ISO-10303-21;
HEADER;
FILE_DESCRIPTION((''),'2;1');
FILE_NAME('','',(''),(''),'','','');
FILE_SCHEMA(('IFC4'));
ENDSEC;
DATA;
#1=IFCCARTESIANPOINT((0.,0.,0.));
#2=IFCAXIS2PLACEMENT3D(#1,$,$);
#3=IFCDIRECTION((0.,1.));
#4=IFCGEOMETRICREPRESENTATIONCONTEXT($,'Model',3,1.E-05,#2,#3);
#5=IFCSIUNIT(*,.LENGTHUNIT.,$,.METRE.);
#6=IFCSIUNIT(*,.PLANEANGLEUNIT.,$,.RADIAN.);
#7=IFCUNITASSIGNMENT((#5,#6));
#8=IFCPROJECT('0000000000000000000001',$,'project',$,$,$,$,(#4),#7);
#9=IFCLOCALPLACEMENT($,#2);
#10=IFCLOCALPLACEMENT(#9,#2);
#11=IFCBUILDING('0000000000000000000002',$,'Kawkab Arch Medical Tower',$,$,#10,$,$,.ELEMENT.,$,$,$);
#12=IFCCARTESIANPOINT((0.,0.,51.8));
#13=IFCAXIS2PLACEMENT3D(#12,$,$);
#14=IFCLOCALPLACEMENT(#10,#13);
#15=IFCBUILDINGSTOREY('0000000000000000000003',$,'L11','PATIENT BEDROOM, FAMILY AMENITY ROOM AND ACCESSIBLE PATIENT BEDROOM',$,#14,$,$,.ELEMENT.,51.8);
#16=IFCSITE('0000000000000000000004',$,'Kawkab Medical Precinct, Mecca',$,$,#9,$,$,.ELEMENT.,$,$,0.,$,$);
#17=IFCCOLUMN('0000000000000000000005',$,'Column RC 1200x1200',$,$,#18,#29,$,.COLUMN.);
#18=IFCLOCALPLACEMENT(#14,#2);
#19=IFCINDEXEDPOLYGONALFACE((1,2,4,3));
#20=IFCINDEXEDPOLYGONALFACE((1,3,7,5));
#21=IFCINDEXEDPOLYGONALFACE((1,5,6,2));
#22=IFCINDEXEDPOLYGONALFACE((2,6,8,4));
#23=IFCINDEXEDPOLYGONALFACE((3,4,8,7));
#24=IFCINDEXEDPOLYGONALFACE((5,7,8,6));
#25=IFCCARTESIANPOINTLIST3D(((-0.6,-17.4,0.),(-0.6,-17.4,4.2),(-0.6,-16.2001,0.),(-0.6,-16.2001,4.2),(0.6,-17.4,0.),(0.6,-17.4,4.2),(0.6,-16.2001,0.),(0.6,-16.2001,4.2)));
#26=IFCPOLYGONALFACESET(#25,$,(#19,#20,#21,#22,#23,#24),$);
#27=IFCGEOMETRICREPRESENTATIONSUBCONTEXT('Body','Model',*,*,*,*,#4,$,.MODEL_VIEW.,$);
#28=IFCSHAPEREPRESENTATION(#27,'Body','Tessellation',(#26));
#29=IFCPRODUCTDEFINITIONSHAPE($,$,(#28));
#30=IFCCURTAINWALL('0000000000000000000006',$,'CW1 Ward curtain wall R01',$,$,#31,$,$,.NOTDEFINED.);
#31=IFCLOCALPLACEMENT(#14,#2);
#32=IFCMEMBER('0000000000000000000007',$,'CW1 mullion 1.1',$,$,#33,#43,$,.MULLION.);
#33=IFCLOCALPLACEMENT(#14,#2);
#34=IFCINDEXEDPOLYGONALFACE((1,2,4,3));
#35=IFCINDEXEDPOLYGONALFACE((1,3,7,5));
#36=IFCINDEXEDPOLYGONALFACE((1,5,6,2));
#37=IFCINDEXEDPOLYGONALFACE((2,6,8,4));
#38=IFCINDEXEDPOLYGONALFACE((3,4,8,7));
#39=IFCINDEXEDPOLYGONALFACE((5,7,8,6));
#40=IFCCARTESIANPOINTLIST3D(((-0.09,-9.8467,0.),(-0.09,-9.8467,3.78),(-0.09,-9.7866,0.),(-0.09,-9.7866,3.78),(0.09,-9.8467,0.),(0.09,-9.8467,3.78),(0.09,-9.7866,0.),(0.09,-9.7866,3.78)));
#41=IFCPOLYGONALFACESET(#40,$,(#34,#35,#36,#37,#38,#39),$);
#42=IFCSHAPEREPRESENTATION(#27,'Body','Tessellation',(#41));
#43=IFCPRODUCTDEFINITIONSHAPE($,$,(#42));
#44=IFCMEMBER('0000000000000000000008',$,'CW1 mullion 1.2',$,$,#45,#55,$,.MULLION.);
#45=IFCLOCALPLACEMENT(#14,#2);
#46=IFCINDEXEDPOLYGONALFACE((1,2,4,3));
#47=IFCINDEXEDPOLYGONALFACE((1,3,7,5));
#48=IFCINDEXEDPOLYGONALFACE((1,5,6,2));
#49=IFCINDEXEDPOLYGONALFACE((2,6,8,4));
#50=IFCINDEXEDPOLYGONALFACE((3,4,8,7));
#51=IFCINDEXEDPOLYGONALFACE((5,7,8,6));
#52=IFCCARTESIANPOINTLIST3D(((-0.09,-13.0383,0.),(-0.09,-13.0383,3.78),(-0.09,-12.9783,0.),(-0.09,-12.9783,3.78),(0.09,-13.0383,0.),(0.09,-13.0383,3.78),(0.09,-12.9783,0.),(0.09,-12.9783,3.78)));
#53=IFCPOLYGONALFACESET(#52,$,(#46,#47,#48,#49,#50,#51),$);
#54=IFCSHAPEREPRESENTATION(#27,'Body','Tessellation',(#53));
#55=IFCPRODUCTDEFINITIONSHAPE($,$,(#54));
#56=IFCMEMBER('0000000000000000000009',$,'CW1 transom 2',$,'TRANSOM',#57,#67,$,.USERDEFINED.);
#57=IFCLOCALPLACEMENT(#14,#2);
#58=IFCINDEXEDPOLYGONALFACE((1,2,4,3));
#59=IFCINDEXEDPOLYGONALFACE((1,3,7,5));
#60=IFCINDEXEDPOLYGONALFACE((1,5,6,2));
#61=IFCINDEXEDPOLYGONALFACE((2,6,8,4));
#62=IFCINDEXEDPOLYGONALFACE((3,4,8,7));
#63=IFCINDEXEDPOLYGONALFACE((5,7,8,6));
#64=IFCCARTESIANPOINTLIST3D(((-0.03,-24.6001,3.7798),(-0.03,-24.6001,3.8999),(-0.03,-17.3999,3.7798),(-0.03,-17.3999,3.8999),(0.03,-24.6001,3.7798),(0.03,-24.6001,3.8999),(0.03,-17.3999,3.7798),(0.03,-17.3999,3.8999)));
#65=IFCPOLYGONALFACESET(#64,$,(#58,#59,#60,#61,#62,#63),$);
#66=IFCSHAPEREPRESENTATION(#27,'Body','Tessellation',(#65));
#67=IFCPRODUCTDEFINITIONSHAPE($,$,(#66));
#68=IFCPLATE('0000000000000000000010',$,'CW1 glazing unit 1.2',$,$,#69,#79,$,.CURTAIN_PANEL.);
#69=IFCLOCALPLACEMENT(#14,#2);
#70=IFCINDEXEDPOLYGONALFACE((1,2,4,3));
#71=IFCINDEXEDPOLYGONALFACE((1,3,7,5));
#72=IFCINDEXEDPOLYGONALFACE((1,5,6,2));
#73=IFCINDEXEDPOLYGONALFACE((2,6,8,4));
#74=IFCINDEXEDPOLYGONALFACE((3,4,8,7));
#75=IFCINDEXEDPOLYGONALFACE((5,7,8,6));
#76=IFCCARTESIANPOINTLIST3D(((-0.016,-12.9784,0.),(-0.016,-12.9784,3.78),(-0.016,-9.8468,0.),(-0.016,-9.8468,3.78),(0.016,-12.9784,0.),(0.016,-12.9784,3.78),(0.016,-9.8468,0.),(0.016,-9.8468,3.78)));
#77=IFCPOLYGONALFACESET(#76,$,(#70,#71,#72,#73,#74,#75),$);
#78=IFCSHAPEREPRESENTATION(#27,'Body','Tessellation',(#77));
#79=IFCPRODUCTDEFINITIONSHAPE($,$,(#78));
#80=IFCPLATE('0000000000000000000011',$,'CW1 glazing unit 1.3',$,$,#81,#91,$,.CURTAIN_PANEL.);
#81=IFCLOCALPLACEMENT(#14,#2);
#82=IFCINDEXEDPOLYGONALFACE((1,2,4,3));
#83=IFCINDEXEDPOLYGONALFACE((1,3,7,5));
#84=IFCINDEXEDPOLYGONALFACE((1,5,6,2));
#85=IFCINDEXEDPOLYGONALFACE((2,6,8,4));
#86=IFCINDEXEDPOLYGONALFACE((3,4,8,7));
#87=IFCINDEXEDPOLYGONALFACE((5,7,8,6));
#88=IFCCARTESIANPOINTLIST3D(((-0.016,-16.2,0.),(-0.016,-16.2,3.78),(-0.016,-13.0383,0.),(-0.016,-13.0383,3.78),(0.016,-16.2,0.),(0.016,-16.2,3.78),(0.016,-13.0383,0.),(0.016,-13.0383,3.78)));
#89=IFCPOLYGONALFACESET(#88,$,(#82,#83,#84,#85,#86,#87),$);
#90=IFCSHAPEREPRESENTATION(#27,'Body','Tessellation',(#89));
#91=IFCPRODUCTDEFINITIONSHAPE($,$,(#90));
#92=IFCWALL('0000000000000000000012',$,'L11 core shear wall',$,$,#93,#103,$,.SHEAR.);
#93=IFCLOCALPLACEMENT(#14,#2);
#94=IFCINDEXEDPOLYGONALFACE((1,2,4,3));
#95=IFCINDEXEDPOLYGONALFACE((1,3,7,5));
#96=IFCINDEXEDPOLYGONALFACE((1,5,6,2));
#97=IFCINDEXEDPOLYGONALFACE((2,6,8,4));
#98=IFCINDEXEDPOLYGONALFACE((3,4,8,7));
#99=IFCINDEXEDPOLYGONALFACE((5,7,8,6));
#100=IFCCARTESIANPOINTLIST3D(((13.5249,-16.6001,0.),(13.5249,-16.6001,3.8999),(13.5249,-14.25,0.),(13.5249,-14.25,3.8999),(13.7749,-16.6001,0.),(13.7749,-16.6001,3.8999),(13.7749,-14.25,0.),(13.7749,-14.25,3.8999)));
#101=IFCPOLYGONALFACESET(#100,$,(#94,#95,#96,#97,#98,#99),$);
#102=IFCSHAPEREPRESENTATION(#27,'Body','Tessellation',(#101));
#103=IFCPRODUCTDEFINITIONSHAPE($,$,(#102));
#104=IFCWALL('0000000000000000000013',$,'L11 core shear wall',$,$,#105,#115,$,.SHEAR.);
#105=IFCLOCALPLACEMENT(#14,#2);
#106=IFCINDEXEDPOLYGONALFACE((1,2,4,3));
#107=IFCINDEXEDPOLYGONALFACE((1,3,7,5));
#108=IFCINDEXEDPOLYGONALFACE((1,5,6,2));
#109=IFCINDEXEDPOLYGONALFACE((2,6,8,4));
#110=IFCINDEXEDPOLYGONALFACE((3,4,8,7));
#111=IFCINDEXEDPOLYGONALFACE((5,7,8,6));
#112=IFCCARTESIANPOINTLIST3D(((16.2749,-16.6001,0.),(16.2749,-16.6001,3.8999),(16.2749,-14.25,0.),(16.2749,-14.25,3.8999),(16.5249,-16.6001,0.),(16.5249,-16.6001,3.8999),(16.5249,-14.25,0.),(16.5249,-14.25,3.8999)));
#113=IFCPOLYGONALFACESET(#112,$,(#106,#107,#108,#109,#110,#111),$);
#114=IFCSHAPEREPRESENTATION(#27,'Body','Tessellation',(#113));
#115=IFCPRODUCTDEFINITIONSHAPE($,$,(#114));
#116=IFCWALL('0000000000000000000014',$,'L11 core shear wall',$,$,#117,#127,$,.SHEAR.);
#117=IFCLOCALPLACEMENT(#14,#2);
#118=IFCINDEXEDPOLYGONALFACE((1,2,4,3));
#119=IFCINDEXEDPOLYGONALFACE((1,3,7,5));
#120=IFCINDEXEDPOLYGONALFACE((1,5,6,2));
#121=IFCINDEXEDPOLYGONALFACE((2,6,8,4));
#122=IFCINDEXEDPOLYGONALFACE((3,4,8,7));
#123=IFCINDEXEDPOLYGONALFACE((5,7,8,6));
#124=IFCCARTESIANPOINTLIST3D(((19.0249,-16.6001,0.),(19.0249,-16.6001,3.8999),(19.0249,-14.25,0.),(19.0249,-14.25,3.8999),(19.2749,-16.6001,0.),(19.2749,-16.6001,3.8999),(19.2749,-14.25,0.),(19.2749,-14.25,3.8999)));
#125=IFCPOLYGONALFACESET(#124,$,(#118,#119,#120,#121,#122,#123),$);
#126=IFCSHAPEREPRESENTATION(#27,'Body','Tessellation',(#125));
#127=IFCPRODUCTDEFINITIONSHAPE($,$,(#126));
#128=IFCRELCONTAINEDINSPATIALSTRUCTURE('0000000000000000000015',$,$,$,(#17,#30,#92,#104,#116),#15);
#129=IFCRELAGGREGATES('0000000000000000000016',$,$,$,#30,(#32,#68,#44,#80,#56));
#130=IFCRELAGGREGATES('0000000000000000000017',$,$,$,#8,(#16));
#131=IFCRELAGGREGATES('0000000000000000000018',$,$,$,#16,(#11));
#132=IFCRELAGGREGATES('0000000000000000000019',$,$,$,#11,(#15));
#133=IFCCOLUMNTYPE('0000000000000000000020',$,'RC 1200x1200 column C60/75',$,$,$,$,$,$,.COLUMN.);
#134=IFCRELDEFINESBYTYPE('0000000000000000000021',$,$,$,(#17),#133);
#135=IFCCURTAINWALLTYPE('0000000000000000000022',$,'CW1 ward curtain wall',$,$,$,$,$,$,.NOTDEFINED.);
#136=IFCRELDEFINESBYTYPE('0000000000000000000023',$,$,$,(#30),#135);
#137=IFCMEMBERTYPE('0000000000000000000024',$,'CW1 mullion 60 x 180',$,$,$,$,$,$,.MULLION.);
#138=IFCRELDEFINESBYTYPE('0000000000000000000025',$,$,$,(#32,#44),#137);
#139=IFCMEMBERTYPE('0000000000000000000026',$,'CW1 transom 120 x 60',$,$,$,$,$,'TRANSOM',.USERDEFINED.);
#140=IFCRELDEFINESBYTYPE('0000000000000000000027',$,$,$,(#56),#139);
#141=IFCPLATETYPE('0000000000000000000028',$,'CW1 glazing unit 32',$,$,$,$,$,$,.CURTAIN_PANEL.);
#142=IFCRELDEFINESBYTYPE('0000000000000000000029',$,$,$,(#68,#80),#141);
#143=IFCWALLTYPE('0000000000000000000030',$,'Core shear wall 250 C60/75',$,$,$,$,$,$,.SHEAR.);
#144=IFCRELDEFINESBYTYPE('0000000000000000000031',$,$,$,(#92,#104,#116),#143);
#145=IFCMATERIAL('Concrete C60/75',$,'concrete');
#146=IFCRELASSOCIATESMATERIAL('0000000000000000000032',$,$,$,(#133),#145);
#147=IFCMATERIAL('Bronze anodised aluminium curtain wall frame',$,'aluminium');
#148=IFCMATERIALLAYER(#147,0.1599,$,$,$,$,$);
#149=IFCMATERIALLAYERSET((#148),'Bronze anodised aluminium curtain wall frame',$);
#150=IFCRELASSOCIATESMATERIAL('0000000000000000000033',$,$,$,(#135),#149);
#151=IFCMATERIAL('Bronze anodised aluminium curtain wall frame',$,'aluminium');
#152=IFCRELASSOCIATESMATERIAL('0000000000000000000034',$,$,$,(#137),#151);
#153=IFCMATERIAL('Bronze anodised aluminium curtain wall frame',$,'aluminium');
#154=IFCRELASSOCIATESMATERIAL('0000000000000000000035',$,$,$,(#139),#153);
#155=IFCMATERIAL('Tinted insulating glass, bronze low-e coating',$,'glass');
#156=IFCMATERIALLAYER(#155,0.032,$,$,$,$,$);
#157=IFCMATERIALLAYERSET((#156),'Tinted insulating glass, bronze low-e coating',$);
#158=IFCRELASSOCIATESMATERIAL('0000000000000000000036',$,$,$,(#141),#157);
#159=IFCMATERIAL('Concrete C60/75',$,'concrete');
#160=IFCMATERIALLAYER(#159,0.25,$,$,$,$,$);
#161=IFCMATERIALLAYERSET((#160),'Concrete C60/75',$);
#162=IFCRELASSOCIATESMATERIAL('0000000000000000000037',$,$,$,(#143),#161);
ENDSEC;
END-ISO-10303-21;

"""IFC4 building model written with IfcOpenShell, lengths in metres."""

from ifc_helpers import new_model, si_unit, direction, frame, frame_2d, origin, origin_2d, place, context, subcontext, project, spatial, rectangle, extrude, material, layer, layer_set, material_profile, profile_set, type_object, element, aggregate, save


model = new_model("IFC4")

# Units and contexts
model_context = context("Model", 3, precision=1e-05, world=origin(), true_north=direction((0.0, 1.0)))
body_context = subcontext(model_context, "Body", "Model", "MODEL_VIEW")
ifc_project = project(units=[si_unit("LENGTHUNIT", "METRE"), si_unit("PLANEANGLEUNIT", "RADIAN")], contexts=[model_context])

# Site, building, storey
site_placement = place(None, origin())
site = spatial("IfcSite", under=ifc_project, at=site_placement, Name="Kawkab Medical Precinct, Mecca", CompositionType="ELEMENT", RefElevation=0.0)
building_placement = place(site_placement, origin())
building = spatial("IfcBuilding", under=site, at=building_placement, Name="Kawkab Arch Medical Tower", CompositionType="ELEMENT")
storey_placement = place(building_placement, frame((0.0, 0.0, 51.8)))
storey = spatial("IfcBuildingStorey", under=building, at=storey_placement, Name="L11", Description="PATIENT BEDROOM, FAMILY AMENITY ROOM AND ACCESSIBLE PATIENT BEDROOM", CompositionType="ELEMENT", Elevation=51.8)

# Column
ifc_material_1 = material(Name="Concrete C60/75", Category="concrete")
ifc_material_profile_1 = material_profile(ifc_material_1, rectangle(XDim=1.2, YDim=1.2, at=origin_2d()), Name="RC 1200x1200")
ifc_profile_set_1 = profile_set([ifc_material_profile_1], Name="Concrete C60/75")
column_type = type_object("IfcColumnType", Name="RC 1200x1200 column C60/75", PredefinedType="COLUMN", material=ifc_profile_set_1)
column_placement = place(storey_placement, frame((0.0, -16.8, 0.0), z_axis=(0.0, 0.0, 1.0), x_axis=(1.0, 0.0, 0.0)))
element("IfcColumn", 1, at=column_placement, inside=storey, type_object=column_type, Name="Column RC 1200x1200", PredefinedType="COLUMN", context=body_context, shape_type="SweptSolid", body=[
    extrude(rectangle(XDim=1.2, YDim=1.2, at=origin_2d()), origin(), (0.0, 0.0, 1.0), 4.2),
])

# Curtain wall, members, plates
ifc_material_2 = material(Name="Bronze anodised aluminium curtain wall frame", Category="aluminium")
ifc_layer_1 = layer(ifc_material_2, 0.1599)
ifc_layer_set_1 = layer_set([ifc_layer_1], Name="Bronze anodised aluminium curtain wall frame")
curtain_wall_type = type_object("IfcCurtainWallType", Name="CW1 ward curtain wall", PredefinedType="NOTDEFINED", material=ifc_layer_set_1)
placement = place(storey_placement, origin())
curtain_wall = element("IfcCurtainWall", 2, at=placement, inside=storey, type_object=curtain_wall_type, Name="CW1 Ward curtain wall R01", PredefinedType="NOTDEFINED")
ifc_material_3 = material(Name="Bronze anodised aluminium curtain wall frame", Category="aluminium")
ifc_material_profile_2 = material_profile(ifc_material_3, rectangle(XDim=0.1799, YDim=0.0601, at=origin_2d()), Name="AL 60x180")
ifc_profile_set_2 = profile_set([ifc_material_profile_2], Name="Bronze anodised aluminium curtain wall frame")
member_type_1 = type_object("IfcMemberType", Name="CW1 mullion 60 x 180", PredefinedType="MULLION", material=ifc_profile_set_2)
member_1_placement = place(storey_placement, frame((0.0, -9.8167, 0.0), z_axis=(0.0, 0.0, 1.0), x_axis=(1.0, 0.0, 0.0)))
member_1 = element("IfcMember", 3, at=member_1_placement, type_object=member_type_1, Name="CW1 mullion 1.1", PredefinedType="MULLION", context=body_context, shape_type="SweptSolid", body=[
    extrude(rectangle(XDim=0.1799, YDim=0.0601, at=origin_2d()), origin(), (0.0, 0.0, 1.0), 3.78),
])
member_2_placement = place(storey_placement, frame((0.0, -13.0083, 0.0), z_axis=(0.0, 0.0, 1.0), x_axis=(1.0, 0.0, 0.0)))
member_2 = element("IfcMember", 4, at=member_2_placement, type_object=member_type_1, Name="CW1 mullion 1.2", PredefinedType="MULLION", context=body_context, shape_type="SweptSolid", body=[
    extrude(rectangle(XDim=0.1799, YDim=0.0601, at=origin_2d()), origin(), (0.0, 0.0, 1.0), 3.78),
])
ifc_material_4 = material(Name="Bronze anodised aluminium curtain wall frame", Category="aluminium")
ifc_material_profile_3 = material_profile(ifc_material_4, rectangle(XDim=0.0601, YDim=0.1201, at=origin_2d()), Name="AL 60x120")
ifc_profile_set_3 = profile_set([ifc_material_profile_3], Name="Bronze anodised aluminium curtain wall frame")
member_type_2 = type_object("IfcMemberType", Name="CW1 transom 120 x 60", ElementType="TRANSOM", PredefinedType="USERDEFINED", material=ifc_profile_set_3)
member_3_placement = place(storey_placement, frame((0.0, -17.3999, 3.8398), z_axis=(0.0, -1.0, 0.0), x_axis=(1.0, 0.0, 0.0)))
member_3 = element("IfcMember", 5, at=member_3_placement, type_object=member_type_2, Name="CW1 transom 2", ObjectType="TRANSOM", PredefinedType="USERDEFINED", context=body_context, shape_type="SweptSolid", body=[
    extrude(rectangle(XDim=0.0601, YDim=0.1201, at=origin_2d()), origin(), (0.0, 0.0, 1.0), 7.2002),
])
ifc_material_5 = material(Name="Tinted insulating glass, bronze low-e coating", Category="glass")
ifc_layer_2 = layer(ifc_material_5, 0.032)
ifc_layer_set_2 = layer_set([ifc_layer_2], Name="Tinted insulating glass, bronze low-e coating")
plate_type = type_object("IfcPlateType", Name="CW1 glazing unit 32", PredefinedType="CURTAIN_PANEL", material=ifc_layer_set_2)
plate_1_placement = place(storey_placement, frame((0.0, -11.4126, 0.0), z_axis=(0.0, 0.0, 1.0), x_axis=(0.0, -1.0, 0.0)))
plate_1 = element("IfcPlate", 6, at=plate_1_placement, type_object=plate_type, Name="CW1 glazing unit 1.2", PredefinedType="CURTAIN_PANEL", context=body_context, shape_type="SweptSolid", body=[
    extrude(rectangle(XDim=3.1316, YDim=0.032, at=origin_2d()), origin(), (0.0, 0.0, 1.0), 3.78),
])
plate_2_placement = place(storey_placement, frame((0.0, -14.6191, 0.0), z_axis=(0.0, 0.0, 1.0), x_axis=(0.0, -1.0, 0.0)))
plate_2 = element("IfcPlate", 7, at=plate_2_placement, type_object=plate_type, Name="CW1 glazing unit 1.3", PredefinedType="CURTAIN_PANEL", context=body_context, shape_type="SweptSolid", body=[
    extrude(rectangle(XDim=3.1616, YDim=0.032, at=origin_2d()), origin(), (0.0, 0.0, 1.0), 3.78),
])
aggregate(curtain_wall, [member_1, plate_1, member_2, plate_2, member_3])

# Walls
ifc_material_6 = material(Name="Concrete C60/75", Category="concrete")
ifc_layer_3 = layer(ifc_material_6, 0.25)
ifc_layer_set_3 = layer_set([ifc_layer_3], Name="Concrete C60/75")
wall_type_1 = type_object("IfcWallType", Name="Core shear wall 250 C60/75", PredefinedType="SHEAR", material=ifc_layer_set_3)
for number, where, z_axis, x_axis, name in (
    (8, (13.6499, -16.6001, 0.0), (0.0, 0.0, 1.0), (0.0, 1.0, 0.0), "L11 core shear wall"),
    (9, (16.3999, -16.6001, 0.0), (0.0, 0.0, 1.0), (0.0, 1.0, 0.0), "L11 core shear wall"),
    (10, (19.1499, -16.6001, 0.0), (0.0, 0.0, 1.0), (0.0, 1.0, 0.0), "L11 core shear wall"),
):
    element("IfcWall", number, at=place(storey_placement, frame(where, z_axis=z_axis, x_axis=x_axis)), inside=storey, type_object=wall_type_1, Name=name, PredefinedType="SHEAR", context=body_context, shape_type="SweptSolid", body=[
        extrude(rectangle(XDim=2.3501, YDim=0.25, at=frame_2d((1.175, 0.0))), origin(), (0.0, 0.0, 1.0), 3.8999),
    ])

save(model, "model.ifc")
